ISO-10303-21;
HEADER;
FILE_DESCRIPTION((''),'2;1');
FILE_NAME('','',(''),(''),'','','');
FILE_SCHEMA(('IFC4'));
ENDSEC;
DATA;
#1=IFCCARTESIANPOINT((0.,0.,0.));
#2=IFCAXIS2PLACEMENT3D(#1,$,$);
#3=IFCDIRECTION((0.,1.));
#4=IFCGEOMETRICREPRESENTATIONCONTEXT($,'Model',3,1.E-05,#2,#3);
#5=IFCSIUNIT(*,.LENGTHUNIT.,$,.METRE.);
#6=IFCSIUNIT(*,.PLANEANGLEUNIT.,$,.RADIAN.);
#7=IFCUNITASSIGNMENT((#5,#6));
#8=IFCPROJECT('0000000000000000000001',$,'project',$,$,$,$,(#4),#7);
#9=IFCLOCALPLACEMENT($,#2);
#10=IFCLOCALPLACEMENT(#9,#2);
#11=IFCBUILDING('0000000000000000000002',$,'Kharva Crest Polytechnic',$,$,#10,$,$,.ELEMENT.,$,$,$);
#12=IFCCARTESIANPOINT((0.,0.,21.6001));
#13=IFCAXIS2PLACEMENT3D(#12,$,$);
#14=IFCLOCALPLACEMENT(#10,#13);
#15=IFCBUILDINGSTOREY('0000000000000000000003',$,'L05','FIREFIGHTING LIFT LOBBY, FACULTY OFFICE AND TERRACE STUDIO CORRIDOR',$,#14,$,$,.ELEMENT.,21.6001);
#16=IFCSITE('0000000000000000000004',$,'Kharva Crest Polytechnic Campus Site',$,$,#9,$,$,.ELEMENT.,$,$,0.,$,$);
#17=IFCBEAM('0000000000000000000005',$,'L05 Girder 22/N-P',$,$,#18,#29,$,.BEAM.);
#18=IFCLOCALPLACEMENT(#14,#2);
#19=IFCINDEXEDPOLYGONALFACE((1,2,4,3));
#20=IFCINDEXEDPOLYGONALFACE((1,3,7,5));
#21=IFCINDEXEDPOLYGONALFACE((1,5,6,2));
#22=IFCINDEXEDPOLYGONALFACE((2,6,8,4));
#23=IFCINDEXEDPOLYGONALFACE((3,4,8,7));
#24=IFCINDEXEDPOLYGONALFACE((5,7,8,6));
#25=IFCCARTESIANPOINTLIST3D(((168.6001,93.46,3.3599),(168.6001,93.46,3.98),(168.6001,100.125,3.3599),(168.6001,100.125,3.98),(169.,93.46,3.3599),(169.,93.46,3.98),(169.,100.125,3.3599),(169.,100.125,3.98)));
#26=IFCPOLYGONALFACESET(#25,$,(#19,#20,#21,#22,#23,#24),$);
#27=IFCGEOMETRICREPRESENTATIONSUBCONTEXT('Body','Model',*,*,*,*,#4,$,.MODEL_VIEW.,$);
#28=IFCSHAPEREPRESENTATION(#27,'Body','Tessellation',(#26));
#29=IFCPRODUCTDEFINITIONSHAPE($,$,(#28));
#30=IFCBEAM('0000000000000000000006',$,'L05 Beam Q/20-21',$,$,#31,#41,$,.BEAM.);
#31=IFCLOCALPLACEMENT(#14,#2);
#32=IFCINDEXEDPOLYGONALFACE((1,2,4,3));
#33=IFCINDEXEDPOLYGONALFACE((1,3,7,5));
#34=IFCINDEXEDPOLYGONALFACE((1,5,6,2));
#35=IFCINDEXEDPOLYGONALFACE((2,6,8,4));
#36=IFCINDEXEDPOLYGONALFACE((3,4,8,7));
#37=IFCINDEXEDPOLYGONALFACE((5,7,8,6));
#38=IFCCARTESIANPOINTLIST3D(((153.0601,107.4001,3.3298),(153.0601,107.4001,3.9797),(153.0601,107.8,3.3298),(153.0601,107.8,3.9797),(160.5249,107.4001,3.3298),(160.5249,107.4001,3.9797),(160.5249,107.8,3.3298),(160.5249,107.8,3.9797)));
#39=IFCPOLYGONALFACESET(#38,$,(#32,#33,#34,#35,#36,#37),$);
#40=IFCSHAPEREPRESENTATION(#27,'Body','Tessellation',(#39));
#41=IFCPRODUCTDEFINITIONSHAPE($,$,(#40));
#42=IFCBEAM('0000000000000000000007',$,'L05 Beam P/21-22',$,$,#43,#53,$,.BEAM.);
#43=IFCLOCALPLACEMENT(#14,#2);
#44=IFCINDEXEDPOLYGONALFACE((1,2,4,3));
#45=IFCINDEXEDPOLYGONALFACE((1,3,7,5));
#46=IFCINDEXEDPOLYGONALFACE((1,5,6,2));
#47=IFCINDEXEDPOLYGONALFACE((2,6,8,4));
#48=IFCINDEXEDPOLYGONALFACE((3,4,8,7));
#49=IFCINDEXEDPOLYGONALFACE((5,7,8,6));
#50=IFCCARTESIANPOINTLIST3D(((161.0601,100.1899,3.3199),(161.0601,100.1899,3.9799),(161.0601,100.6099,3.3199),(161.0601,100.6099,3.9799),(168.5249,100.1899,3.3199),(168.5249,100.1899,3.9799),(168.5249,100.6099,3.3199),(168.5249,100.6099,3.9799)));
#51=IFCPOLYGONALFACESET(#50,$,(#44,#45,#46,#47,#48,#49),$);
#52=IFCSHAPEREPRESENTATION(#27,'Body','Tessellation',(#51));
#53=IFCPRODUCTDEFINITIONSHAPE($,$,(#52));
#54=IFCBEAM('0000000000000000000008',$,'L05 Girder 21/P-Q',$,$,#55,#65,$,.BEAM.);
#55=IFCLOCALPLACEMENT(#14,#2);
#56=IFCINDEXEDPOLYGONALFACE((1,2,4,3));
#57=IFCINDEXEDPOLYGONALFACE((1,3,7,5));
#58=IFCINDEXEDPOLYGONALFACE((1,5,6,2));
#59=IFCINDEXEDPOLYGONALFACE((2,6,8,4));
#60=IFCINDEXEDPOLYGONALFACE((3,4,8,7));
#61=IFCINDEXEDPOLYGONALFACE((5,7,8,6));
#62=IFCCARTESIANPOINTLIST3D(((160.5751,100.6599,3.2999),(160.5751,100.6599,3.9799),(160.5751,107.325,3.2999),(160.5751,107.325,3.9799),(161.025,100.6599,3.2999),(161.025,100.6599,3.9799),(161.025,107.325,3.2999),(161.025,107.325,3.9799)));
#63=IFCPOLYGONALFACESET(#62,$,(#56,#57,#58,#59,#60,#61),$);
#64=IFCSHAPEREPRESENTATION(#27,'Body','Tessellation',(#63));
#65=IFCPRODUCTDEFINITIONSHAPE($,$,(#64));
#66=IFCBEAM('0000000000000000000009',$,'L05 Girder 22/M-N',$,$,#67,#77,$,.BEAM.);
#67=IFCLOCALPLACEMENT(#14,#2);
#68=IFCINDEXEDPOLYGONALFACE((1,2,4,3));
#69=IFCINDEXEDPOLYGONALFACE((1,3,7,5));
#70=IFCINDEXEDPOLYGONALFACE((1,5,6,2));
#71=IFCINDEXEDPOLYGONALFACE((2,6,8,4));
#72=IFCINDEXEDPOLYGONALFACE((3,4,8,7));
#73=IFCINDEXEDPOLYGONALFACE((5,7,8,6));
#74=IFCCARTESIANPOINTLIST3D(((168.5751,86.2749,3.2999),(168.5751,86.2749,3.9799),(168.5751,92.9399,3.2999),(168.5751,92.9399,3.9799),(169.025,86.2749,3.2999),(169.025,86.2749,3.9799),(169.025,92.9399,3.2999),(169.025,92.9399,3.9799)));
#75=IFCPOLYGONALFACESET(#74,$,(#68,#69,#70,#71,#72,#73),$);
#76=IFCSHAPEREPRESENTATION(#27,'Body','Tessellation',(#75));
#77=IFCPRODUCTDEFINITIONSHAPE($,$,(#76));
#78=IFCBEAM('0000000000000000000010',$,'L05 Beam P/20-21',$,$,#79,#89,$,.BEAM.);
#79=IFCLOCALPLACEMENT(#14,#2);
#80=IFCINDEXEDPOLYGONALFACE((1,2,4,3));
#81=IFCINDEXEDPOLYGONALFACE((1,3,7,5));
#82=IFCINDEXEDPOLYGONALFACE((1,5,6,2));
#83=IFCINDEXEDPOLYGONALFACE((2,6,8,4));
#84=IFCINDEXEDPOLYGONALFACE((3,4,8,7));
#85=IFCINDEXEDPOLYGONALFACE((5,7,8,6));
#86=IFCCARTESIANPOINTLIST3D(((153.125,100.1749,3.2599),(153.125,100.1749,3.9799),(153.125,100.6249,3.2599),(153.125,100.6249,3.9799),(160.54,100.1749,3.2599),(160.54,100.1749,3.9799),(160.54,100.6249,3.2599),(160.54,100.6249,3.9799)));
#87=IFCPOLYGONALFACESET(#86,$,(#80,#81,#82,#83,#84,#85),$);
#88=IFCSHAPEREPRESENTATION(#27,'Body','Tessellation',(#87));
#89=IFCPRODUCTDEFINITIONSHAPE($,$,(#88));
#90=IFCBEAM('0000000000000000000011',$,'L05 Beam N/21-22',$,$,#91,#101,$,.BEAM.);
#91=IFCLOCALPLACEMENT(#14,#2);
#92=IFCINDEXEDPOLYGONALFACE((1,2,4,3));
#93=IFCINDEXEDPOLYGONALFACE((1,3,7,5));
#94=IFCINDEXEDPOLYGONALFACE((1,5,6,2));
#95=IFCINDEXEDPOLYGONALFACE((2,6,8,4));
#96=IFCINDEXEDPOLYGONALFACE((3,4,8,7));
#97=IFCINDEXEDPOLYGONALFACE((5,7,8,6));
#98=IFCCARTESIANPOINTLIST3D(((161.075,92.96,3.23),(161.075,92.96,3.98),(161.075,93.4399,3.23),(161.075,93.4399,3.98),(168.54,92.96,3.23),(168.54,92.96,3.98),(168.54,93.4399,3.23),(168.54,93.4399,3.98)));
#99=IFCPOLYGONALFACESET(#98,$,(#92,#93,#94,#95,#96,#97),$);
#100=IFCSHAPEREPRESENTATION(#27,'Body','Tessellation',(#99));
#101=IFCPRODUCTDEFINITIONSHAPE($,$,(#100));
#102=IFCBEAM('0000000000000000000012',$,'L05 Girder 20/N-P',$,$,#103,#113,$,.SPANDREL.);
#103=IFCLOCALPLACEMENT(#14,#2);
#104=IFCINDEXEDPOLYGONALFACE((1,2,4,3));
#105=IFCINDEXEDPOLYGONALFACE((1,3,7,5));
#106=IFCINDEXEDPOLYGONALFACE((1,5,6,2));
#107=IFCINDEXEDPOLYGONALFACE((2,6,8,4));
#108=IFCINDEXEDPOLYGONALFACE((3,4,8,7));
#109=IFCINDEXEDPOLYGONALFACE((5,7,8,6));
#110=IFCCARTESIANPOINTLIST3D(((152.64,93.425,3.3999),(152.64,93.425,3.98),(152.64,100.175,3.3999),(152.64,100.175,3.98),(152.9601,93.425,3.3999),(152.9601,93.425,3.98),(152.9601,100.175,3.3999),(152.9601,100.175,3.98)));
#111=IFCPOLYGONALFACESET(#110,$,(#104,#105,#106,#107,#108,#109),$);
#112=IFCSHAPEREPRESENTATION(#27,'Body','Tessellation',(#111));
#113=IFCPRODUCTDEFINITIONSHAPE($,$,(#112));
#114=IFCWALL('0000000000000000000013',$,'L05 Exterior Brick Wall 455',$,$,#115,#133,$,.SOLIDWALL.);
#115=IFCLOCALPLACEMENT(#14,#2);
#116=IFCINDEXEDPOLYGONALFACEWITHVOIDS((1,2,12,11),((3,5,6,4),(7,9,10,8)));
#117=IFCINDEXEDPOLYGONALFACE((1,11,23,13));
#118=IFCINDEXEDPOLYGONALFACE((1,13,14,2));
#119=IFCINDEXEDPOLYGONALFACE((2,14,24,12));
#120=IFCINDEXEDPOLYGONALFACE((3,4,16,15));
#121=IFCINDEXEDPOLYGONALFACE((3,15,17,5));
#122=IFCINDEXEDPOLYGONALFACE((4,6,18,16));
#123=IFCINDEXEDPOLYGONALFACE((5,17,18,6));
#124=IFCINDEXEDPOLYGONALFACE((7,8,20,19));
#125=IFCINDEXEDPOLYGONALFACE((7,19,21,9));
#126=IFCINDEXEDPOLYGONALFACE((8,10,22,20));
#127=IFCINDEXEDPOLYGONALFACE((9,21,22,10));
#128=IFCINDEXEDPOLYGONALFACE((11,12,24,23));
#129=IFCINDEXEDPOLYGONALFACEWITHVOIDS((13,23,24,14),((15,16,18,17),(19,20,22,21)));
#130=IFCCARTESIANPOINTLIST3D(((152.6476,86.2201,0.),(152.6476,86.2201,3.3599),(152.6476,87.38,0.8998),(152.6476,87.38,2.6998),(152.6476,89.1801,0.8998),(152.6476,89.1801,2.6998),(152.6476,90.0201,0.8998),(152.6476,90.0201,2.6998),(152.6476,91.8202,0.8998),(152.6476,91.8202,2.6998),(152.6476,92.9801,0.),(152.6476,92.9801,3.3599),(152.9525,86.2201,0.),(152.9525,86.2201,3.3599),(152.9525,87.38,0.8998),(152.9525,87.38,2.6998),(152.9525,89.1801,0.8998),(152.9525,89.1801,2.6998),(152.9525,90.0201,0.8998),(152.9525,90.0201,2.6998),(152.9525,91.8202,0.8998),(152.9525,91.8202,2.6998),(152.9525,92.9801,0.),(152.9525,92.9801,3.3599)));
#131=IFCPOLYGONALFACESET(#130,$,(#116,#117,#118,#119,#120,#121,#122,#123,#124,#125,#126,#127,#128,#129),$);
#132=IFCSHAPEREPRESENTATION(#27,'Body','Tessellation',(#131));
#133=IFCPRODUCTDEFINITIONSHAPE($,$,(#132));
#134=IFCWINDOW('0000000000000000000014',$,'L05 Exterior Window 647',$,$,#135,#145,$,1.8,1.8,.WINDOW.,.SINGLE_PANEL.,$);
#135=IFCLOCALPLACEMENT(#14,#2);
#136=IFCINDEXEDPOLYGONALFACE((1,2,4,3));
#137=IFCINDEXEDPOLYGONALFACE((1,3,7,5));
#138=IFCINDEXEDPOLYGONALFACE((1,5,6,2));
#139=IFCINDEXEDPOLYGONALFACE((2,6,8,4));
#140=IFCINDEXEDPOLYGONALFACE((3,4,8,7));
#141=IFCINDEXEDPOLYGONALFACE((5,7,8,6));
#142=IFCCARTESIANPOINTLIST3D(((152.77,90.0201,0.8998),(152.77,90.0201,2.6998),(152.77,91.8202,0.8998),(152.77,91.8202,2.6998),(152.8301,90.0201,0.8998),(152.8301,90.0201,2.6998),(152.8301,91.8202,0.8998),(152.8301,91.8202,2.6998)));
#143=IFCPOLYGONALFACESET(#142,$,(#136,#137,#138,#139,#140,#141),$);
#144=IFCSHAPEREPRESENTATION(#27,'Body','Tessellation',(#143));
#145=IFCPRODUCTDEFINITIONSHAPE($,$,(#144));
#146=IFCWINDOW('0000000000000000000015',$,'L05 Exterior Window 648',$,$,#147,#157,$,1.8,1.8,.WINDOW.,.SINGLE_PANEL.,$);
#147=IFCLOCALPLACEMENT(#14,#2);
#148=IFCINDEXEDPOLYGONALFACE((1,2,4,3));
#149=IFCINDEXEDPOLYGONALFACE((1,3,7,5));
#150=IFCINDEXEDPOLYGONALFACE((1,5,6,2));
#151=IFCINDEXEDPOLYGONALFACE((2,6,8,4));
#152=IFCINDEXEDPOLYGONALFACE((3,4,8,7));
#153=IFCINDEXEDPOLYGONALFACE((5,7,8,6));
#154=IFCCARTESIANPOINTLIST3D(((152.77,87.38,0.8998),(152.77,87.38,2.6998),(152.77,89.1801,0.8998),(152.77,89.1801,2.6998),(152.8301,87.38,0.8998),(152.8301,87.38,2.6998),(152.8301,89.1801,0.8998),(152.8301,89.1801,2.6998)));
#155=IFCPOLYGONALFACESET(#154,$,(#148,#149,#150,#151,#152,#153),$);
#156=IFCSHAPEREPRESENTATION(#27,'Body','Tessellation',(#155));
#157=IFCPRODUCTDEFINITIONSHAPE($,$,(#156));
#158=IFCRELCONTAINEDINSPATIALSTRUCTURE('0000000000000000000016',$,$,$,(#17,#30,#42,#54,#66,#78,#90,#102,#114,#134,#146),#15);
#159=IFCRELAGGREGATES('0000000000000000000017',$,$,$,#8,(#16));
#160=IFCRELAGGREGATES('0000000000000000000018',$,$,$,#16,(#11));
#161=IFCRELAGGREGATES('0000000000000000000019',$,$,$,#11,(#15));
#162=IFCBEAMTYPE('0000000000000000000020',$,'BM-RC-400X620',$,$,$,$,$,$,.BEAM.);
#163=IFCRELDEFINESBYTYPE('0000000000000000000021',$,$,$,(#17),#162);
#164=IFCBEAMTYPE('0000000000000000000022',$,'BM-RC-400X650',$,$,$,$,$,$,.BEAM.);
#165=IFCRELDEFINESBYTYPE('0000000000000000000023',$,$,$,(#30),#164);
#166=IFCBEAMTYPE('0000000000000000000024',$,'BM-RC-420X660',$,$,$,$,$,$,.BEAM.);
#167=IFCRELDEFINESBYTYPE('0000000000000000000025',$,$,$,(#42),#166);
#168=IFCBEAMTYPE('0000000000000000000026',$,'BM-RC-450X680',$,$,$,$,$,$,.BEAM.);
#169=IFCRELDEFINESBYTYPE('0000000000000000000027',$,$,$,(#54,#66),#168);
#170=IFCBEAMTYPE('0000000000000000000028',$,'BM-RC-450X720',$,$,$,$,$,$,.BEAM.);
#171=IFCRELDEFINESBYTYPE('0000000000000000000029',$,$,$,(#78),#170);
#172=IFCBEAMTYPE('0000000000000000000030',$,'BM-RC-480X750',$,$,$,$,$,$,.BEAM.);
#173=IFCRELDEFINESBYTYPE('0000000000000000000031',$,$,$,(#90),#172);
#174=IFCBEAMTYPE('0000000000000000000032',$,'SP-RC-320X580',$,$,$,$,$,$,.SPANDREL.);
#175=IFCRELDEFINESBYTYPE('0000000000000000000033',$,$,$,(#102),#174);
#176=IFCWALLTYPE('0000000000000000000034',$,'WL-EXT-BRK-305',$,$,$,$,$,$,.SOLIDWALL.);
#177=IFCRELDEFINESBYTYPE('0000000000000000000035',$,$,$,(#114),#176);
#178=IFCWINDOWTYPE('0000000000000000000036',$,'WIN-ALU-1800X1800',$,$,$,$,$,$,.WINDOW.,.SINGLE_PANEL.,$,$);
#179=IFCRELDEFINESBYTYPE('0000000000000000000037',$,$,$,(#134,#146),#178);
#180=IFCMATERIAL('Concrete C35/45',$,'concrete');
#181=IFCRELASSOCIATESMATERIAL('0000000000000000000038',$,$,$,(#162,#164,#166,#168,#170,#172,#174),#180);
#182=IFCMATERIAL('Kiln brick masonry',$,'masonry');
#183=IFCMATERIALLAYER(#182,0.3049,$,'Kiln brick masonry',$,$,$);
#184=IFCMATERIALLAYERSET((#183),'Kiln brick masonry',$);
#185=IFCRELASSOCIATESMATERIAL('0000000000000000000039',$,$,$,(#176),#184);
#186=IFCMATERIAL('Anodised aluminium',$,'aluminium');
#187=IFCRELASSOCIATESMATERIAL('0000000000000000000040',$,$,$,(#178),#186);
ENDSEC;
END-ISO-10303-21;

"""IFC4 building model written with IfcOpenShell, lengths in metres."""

from ifc_helpers import new_model, si_unit, direction, frame, frame_2d, origin, origin_2d, place, context, subcontext, project, spatial, rectangle, extrude, material, layer, layer_set, material_profile, profile_set, type_object, element, fill, save


model = new_model("IFC4")

# Units and contexts
model_context = context("Model", 3, precision=1e-05, world=origin(), true_north=direction((0.0, 1.0)))
body_context = subcontext(model_context, "Body", "Model", "MODEL_VIEW")
ifc_project = project(units=[si_unit("LENGTHUNIT", "METRE"), si_unit("PLANEANGLEUNIT", "RADIAN")], contexts=[model_context])

# Site, building, storey
site_placement = place(None, origin())
site = spatial("IfcSite", under=ifc_project, at=site_placement, Name="Kharva Crest Polytechnic Campus Site", CompositionType="ELEMENT", RefElevation=0.0)
building_placement = place(site_placement, origin())
building = spatial("IfcBuilding", under=site, at=building_placement, Name="Kharva Crest Polytechnic", CompositionType="ELEMENT")
storey_placement = place(building_placement, frame((0.0, 0.0, 21.6001)))
storey = spatial("IfcBuildingStorey", under=building, at=storey_placement, Name="L05", Description="FIREFIGHTING LIFT LOBBY, FACULTY OFFICE AND TERRACE STUDIO CORRIDOR", CompositionType="ELEMENT", Elevation=21.6001)

# Beams
ifc_material_1 = material(Name="Concrete C35/45", Category="concrete")
ifc_material_profile_1 = material_profile(ifc_material_1, rectangle(XDim=0.3999, YDim=0.6201, at=origin_2d()), Name="RECT 400 X 620")
ifc_profile_set_1 = profile_set([ifc_material_profile_1], Name="Concrete C35/45")
beam_type_1 = type_object("IfcBeamType", Name="BM-RC-400X620", PredefinedType="BEAM", material=ifc_profile_set_1)
beam_1_placement = place(storey_placement, frame((168.8, 93.46, 3.6699), z_axis=(0.0, 1.0, 0.0), x_axis=(-1.0, 0.0, 0.0)))
element("IfcBeam", 1, at=beam_1_placement, inside=storey, type_object=beam_type_1, Name="L05 Girder 22/N-P", PredefinedType="BEAM", context=body_context, shape_type="SweptSolid", body=[
    extrude(rectangle(XDim=0.3999, YDim=0.6201, at=origin_2d()), origin(), (0.0, 0.0, 1.0), 6.665),
])
ifc_material_profile_2 = material_profile(ifc_material_1, rectangle(XDim=0.3999, YDim=0.6499, at=origin_2d()), Name="RECT 400 X 650")
ifc_profile_set_2 = profile_set([ifc_material_profile_2], Name="Concrete C35/45")
beam_type_2 = type_object("IfcBeamType", Name="BM-RC-400X650", PredefinedType="BEAM", material=ifc_profile_set_2)
beam_2_placement = place(storey_placement, frame((153.0601, 107.6001, 3.6548), z_axis=(1.0, 0.0, 0.0), x_axis=(0.0, 1.0, 0.0)))
element("IfcBeam", 2, at=beam_2_placement, inside=storey, type_object=beam_type_2, Name="L05 Beam Q/20-21", PredefinedType="BEAM", context=body_context, shape_type="SweptSolid", body=[
    extrude(rectangle(XDim=0.3999, YDim=0.6499, at=origin_2d()), origin(), (0.0, 0.0, 1.0), 7.4648),
])
ifc_material_profile_3 = material_profile(ifc_material_1, rectangle(XDim=0.4199, YDim=0.6599, at=origin_2d()), Name="RECT 420 X 660")
ifc_profile_set_3 = profile_set([ifc_material_profile_3], Name="Concrete C35/45")
beam_type_3 = type_object("IfcBeamType", Name="BM-RC-420X660", PredefinedType="BEAM", material=ifc_profile_set_3)
beam_3_placement = place(storey_placement, frame((161.0601, 100.3999, 3.6499), z_axis=(1.0, 0.0, 0.0), x_axis=(0.0, 1.0, 0.0)))
element("IfcBeam", 3, at=beam_3_placement, inside=storey, type_object=beam_type_3, Name="L05 Beam P/21-22", PredefinedType="BEAM", context=body_context, shape_type="SweptSolid", body=[
    extrude(rectangle(XDim=0.4199, YDim=0.6599, at=origin_2d()), origin(), (0.0, 0.0, 1.0), 7.4648),
])
ifc_material_profile_4 = material_profile(ifc_material_1, rectangle(XDim=0.45, YDim=0.6799, at=origin_2d()), Name="RECT 450 X 680")
ifc_profile_set_4 = profile_set([ifc_material_profile_4], Name="Concrete C35/45")
beam_type_4 = type_object("IfcBeamType", Name="BM-RC-450X680", PredefinedType="BEAM", material=ifc_profile_set_4)
for number, where, z_axis, x_axis, name in (
    (4, (160.8, 100.6599, 3.6399), (0.0, 1.0, 0.0), (-1.0, 0.0, 0.0), "L05 Girder 21/P-Q"),
    (5, (168.8, 86.2749, 3.6399), (0.0, 1.0, 0.0), (-1.0, 0.0, 0.0), "L05 Girder 22/M-N"),
):
    element("IfcBeam", number, at=place(storey_placement, frame(where, z_axis=z_axis, x_axis=x_axis)), inside=storey, type_object=beam_type_4, Name=name, PredefinedType="BEAM", context=body_context, shape_type="SweptSolid", body=[
        extrude(rectangle(XDim=0.45, YDim=0.6799, at=origin_2d()), origin(), (0.0, 0.0, 1.0), 6.665),
    ])
ifc_material_profile_5 = material_profile(ifc_material_1, rectangle(XDim=0.45, YDim=0.72, at=origin_2d()), Name="RECT 450 X 720")
ifc_profile_set_5 = profile_set([ifc_material_profile_5], Name="Concrete C35/45")
beam_type_5 = type_object("IfcBeamType", Name="BM-RC-450X720", PredefinedType="BEAM", material=ifc_profile_set_5)
beam_4_placement = place(storey_placement, frame((153.125, 100.3999, 3.6199), z_axis=(1.0, 0.0, 0.0), x_axis=(0.0, 1.0, 0.0)))
element("IfcBeam", 6, at=beam_4_placement, inside=storey, type_object=beam_type_5, Name="L05 Beam P/20-21", PredefinedType="BEAM", context=body_context, shape_type="SweptSolid", body=[
    extrude(rectangle(XDim=0.45, YDim=0.72, at=origin_2d()), origin(), (0.0, 0.0, 1.0), 7.415),
])
ifc_material_profile_6 = material_profile(ifc_material_1, rectangle(XDim=0.48, YDim=0.75, at=origin_2d()), Name="RECT 480 X 750")
ifc_profile_set_6 = profile_set([ifc_material_profile_6], Name="Concrete C35/45")
beam_type_6 = type_object("IfcBeamType", Name="BM-RC-480X750", PredefinedType="BEAM", material=ifc_profile_set_6)
beam_5_placement = place(storey_placement, frame((161.075, 93.2, 3.605), z_axis=(1.0, 0.0, 0.0), x_axis=(0.0, 1.0, 0.0)))
element("IfcBeam", 7, at=beam_5_placement, inside=storey, type_object=beam_type_6, Name="L05 Beam N/21-22", PredefinedType="BEAM", context=body_context, shape_type="SweptSolid", body=[
    extrude(rectangle(XDim=0.48, YDim=0.75, at=origin_2d()), origin(), (0.0, 0.0, 1.0), 7.4651),
])
ifc_material_profile_7 = material_profile(ifc_material_1, rectangle(XDim=0.3201, YDim=0.5801, at=origin_2d()), Name="RECT 320 X 580")
ifc_profile_set_7 = profile_set([ifc_material_profile_7], Name="Concrete C35/45")
beam_type_7 = type_object("IfcBeamType", Name="SP-RC-320X580", PredefinedType="SPANDREL", material=ifc_profile_set_7)
beam_6_placement = place(storey_placement, frame((152.8, 93.425, 3.6899), z_axis=(0.0, 1.0, 0.0), x_axis=(-1.0, 0.0, 0.0)))
element("IfcBeam", 8, at=beam_6_placement, inside=storey, type_object=beam_type_7, Name="L05 Girder 20/N-P", PredefinedType="SPANDREL", context=body_context, shape_type="SweptSolid", body=[
    extrude(rectangle(XDim=0.3201, YDim=0.5801, at=origin_2d()), origin(), (0.0, 0.0, 1.0), 6.75),
])

# Wall, openings, windows
ifc_material_2 = material(Name="Kiln brick masonry", Category="masonry")
ifc_layer_1 = layer(ifc_material_2, 0.3049, Name="Kiln brick masonry")
ifc_layer_set_1 = layer_set([ifc_layer_1], Name="Kiln brick masonry")
wall_type_1 = type_object("IfcWallType", Name="WL-EXT-BRK-305", PredefinedType="SOLIDWALL", material=ifc_layer_set_1)
wall_1_placement = place(storey_placement, frame((152.8, 92.98, 0.0), z_axis=(0.0, 0.0, 1.0), x_axis=(0.0, -1.0, 0.0)))
wall_1 = element("IfcWall", 9, at=wall_1_placement, inside=storey, type_object=wall_type_1, Name="L05 Exterior Brick Wall 455", PredefinedType="SOLIDWALL", context=body_context, shape_type="SweptSolid", body=[
    extrude(rectangle(XDim=6.76, YDim=0.3049, at=frame_2d((3.3799, 0.0))), origin(), (0.0, 0.0, 1.0), 3.3599),
])
opening_1_placement = place(wall_1_placement, frame((1.1599, 0.0, 0.8999)))
opening_1 = element("IfcOpeningElement", 10, at=opening_1_placement, cuts=wall_1, PredefinedType="OPENING", context=body_context, shape_type="SweptSolid", body=[
    extrude(rectangle(XDim=1.8, YDim=1.8, at=frame_2d((0.8999, 0.8999))), frame((0.0, 0.1624, 0.0), z_axis=(0.0, -1.0, 0.0), x_axis=(1.0, 0.0, 0.0)), (0.0, 0.0, 1.0), 0.325),
])
opening_2_placement = place(wall_1_placement, frame((3.8, 0.0, 0.8999)))
opening_2 = element("IfcOpeningElement", 11, at=opening_2_placement, cuts=wall_1, PredefinedType="OPENING", context=body_context, shape_type="SweptSolid", body=[
    extrude(rectangle(XDim=1.8, YDim=1.8, at=frame_2d((0.8999, 0.8999))), frame((0.0, 0.1624, 0.0), z_axis=(0.0, -1.0, 0.0), x_axis=(1.0, 0.0, 0.0)), (0.0, 0.0, 1.0), 0.325),
])
ifc_material_3 = material(Name="Anodised aluminium", Category="aluminium")
window_type_1 = type_object("IfcWindowType", Name="WIN-ALU-1800X1800", PartitioningType="SINGLE_PANEL", PredefinedType="WINDOW", material=ifc_material_3)
window_1_placement = place(opening_1_placement, origin())
window_1 = element("IfcWindow", 12, at=window_1_placement, inside=storey, type_object=window_type_1, Name="L05 Exterior Window 647", OverallHeight=1.8, OverallWidth=1.8, PartitioningType="SINGLE_PANEL", PredefinedType="WINDOW", context=body_context, shape_type="SweptSolid", body=[
    extrude(rectangle(XDim=1.8, YDim=1.8, at=frame_2d((0.8999, 0.8999))), frame((0.0, 0.03, 0.0), z_axis=(0.0, -1.0, 0.0), x_axis=(1.0, 0.0, 0.0)), (0.0, 0.0, 1.0), 0.0601),
])
fill(opening_1, window_1)
window_2_placement = place(opening_2_placement, origin())
window_2 = element("IfcWindow", 13, at=window_2_placement, inside=storey, type_object=window_type_1, Name="L05 Exterior Window 648", OverallHeight=1.8, OverallWidth=1.8, PartitioningType="SINGLE_PANEL", PredefinedType="WINDOW", context=body_context, shape_type="SweptSolid", body=[
    extrude(rectangle(XDim=1.8, YDim=1.8, at=frame_2d((0.8999, 0.8999))), frame((0.0, 0.03, 0.0), z_axis=(0.0, -1.0, 0.0), x_axis=(1.0, 0.0, 0.0)), (0.0, 0.0, 1.0), 0.0601),
])
fill(opening_2, window_2)

save(model, "model.ifc")
